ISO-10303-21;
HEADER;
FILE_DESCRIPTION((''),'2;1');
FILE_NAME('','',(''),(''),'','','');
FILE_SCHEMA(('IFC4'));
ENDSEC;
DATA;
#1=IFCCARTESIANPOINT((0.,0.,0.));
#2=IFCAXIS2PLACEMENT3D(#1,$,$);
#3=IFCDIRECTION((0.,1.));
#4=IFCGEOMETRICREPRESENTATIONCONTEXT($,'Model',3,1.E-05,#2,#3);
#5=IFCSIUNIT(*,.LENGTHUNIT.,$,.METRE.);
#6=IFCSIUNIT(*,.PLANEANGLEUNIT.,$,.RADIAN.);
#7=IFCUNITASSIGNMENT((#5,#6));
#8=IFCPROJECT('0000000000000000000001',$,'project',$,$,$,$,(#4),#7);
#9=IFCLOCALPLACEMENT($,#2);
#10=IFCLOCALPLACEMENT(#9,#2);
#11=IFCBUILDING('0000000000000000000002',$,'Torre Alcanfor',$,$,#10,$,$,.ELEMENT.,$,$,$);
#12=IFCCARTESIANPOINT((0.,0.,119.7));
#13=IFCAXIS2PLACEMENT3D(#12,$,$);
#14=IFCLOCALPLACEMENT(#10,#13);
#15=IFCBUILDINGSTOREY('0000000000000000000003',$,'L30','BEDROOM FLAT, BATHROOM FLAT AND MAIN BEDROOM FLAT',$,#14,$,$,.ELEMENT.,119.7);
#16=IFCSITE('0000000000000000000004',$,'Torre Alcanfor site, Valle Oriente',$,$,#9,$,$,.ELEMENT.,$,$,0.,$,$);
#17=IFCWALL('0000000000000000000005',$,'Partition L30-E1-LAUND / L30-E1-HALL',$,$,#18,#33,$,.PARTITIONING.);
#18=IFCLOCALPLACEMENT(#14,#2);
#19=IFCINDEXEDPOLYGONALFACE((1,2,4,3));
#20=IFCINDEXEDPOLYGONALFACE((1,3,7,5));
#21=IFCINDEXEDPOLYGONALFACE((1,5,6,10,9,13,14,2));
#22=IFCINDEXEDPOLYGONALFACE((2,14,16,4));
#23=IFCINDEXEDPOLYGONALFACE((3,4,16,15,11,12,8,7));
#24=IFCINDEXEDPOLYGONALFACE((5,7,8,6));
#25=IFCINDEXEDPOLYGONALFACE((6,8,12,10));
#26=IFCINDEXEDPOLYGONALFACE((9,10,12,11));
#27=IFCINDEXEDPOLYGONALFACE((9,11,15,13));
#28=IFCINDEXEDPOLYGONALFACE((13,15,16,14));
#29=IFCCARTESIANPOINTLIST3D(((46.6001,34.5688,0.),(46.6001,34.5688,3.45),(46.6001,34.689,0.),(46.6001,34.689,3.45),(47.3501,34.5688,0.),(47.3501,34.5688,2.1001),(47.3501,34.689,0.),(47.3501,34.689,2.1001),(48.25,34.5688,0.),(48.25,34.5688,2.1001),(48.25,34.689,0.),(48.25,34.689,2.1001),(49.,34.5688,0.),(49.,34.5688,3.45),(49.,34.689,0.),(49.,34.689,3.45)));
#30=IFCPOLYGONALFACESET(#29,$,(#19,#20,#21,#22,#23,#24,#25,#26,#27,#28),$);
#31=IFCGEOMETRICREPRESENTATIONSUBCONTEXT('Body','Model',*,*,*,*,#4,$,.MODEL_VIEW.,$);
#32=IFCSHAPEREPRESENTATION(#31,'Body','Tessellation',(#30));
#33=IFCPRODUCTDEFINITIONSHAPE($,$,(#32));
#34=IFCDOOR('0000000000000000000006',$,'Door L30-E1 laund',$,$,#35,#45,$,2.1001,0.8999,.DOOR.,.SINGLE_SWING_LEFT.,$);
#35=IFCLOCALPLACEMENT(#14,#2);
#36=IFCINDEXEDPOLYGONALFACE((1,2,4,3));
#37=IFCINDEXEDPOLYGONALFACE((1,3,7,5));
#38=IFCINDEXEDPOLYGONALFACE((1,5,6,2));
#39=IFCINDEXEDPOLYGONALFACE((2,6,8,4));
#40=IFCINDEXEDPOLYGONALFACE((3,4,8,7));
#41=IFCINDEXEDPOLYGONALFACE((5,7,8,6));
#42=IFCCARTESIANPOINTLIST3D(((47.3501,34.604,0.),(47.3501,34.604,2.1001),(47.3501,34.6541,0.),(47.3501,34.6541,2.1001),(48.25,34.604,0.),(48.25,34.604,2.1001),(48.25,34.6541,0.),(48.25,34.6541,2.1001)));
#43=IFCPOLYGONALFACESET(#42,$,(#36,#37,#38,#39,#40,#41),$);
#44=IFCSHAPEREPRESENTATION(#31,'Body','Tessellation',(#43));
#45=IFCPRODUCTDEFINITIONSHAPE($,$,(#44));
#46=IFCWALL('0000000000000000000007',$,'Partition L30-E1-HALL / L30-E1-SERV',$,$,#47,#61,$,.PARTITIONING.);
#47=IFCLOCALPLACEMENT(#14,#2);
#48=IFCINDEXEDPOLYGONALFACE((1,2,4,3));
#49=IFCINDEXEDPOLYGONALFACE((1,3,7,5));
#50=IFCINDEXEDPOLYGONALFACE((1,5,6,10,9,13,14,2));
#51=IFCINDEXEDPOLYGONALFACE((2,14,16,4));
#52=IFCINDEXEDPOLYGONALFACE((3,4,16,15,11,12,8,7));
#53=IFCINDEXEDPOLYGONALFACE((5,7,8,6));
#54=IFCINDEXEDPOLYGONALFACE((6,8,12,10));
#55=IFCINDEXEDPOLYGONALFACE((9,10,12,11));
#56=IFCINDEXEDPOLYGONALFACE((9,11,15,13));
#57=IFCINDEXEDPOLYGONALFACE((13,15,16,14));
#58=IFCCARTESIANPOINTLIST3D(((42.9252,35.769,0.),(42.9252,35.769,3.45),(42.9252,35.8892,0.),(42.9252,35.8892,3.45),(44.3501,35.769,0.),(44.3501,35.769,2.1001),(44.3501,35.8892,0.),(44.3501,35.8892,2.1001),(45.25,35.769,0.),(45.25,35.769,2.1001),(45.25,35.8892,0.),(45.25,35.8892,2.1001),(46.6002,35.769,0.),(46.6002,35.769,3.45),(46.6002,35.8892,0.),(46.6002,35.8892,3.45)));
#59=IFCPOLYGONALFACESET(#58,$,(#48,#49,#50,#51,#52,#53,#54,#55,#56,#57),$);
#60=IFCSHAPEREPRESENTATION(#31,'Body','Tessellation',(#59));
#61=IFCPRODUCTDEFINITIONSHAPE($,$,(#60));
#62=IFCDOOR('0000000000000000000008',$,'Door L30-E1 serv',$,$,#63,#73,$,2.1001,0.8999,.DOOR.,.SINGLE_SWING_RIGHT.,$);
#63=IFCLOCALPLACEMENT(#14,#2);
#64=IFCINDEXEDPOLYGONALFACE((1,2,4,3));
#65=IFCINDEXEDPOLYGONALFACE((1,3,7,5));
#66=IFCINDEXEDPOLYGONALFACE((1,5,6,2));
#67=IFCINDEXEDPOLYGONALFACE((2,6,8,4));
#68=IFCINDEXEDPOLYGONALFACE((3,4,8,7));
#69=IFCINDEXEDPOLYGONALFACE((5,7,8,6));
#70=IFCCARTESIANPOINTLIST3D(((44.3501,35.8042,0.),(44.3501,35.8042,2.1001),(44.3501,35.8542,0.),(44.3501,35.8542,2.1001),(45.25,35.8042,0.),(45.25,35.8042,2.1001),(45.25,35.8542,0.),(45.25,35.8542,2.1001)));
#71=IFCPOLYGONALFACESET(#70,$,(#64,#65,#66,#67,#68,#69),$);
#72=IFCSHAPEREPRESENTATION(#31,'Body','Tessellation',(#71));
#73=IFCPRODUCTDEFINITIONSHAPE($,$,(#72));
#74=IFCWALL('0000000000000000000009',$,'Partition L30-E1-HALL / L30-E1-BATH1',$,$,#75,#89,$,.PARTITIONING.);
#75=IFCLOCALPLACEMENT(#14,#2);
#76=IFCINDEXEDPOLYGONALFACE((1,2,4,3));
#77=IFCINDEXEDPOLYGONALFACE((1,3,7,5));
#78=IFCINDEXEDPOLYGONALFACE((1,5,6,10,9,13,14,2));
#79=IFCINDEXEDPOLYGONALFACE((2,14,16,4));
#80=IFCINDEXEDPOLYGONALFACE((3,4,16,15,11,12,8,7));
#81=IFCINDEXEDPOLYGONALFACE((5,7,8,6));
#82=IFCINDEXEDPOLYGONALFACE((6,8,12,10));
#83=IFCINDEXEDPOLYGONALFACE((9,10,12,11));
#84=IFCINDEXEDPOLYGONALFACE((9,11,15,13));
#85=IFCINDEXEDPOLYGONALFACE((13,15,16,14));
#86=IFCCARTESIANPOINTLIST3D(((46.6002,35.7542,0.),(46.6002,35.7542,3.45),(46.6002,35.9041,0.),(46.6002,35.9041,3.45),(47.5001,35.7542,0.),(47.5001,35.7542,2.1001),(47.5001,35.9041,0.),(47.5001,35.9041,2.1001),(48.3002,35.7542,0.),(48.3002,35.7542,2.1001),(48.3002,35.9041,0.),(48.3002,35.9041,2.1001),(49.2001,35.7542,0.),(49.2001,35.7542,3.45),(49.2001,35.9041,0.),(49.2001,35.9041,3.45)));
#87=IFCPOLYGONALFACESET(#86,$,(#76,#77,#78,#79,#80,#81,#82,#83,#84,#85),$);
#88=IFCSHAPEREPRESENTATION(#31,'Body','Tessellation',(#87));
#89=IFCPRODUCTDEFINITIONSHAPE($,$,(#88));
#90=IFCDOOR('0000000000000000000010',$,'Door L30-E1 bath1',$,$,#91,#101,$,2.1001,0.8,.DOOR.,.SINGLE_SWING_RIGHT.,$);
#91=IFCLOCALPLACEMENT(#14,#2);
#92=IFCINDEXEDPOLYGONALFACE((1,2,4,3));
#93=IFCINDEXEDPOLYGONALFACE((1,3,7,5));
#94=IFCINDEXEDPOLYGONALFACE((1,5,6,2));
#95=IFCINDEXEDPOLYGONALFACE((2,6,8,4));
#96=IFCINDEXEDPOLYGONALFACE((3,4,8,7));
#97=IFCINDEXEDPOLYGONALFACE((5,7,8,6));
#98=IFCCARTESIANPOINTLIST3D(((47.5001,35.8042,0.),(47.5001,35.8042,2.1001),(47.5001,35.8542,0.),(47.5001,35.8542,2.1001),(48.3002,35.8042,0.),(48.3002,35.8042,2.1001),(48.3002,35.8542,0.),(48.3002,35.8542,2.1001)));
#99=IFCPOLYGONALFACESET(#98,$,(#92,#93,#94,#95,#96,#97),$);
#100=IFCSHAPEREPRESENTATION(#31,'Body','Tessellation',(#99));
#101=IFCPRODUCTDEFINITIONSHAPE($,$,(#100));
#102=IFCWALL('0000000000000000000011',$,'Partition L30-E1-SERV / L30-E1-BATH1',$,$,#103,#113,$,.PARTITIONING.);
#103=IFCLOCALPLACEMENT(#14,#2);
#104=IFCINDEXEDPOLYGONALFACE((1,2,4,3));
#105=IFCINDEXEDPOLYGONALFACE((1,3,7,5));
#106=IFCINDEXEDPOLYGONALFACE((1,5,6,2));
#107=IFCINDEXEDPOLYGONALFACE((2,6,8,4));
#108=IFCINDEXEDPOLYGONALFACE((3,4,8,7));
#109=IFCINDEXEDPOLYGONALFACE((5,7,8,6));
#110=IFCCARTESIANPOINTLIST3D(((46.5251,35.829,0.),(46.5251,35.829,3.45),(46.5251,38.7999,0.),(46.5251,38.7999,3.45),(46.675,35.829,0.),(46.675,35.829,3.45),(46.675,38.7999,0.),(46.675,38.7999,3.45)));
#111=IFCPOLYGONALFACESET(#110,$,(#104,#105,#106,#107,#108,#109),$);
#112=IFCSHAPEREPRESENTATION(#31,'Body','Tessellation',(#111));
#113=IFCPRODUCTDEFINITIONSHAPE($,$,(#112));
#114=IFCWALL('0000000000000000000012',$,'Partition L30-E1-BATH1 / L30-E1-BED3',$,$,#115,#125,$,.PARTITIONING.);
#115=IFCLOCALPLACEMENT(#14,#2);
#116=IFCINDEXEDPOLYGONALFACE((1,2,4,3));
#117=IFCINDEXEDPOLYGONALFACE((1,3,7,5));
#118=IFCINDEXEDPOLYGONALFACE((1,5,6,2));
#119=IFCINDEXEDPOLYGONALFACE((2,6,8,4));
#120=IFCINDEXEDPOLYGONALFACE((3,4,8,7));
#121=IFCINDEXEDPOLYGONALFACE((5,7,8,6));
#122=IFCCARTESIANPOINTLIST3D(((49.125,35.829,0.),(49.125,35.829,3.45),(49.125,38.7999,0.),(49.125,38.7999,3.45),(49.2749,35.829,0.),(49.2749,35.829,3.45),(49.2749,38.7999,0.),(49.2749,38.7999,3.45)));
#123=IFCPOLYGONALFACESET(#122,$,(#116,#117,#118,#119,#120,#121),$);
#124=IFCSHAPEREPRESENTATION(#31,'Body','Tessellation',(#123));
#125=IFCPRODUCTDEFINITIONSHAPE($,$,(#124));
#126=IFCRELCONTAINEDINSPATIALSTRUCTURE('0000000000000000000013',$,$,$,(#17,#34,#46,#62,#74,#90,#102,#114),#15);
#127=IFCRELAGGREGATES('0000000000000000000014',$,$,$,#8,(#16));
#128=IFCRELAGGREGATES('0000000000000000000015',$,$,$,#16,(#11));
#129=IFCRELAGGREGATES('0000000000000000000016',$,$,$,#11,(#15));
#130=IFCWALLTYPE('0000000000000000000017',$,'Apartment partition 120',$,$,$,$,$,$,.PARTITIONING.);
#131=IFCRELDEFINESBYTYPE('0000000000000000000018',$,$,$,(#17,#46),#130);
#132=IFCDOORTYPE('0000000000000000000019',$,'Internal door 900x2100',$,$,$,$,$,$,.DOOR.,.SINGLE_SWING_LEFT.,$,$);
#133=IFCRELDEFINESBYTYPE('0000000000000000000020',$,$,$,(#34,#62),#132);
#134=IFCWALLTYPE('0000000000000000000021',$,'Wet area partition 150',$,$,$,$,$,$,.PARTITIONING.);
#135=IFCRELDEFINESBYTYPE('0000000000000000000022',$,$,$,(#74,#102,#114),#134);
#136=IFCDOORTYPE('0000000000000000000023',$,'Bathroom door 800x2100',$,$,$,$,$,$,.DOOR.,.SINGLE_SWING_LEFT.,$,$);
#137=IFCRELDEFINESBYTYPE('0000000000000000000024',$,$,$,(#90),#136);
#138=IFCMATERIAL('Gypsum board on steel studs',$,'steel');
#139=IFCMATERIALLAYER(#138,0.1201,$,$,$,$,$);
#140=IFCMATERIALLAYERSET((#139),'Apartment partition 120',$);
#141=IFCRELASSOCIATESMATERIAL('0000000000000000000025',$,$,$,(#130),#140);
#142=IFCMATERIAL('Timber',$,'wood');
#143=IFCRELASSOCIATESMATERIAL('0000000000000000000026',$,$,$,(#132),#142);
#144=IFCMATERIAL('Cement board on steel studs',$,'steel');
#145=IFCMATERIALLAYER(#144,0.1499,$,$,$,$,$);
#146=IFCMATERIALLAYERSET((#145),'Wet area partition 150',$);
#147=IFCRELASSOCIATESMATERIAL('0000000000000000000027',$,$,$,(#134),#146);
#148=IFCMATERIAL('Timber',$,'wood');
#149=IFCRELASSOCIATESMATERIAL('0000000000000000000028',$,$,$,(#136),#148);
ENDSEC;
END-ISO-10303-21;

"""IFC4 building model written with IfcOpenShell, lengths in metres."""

from ifc_helpers import new_model, si_unit, direction, frame, frame_2d, origin, place, context, subcontext, project, spatial, rectangle, extrude, material, layer, layer_set, type_object, element, fill, save


model = new_model("IFC4")

# Units and contexts
model_context = context("Model", 3, precision=1e-05, world=origin(), true_north=direction((0.0, 1.0)))
body_context = subcontext(model_context, "Body", "Model", "MODEL_VIEW")
ifc_project = project(units=[si_unit("LENGTHUNIT", "METRE"), si_unit("PLANEANGLEUNIT", "RADIAN")], contexts=[model_context])

# Site, building, storey
site_placement = place(None, origin())
site = spatial("IfcSite", under=ifc_project, at=site_placement, Name="Torre Alcanfor site, Valle Oriente", CompositionType="ELEMENT", RefElevation=0.0)
building_placement = place(site_placement, origin())
building = spatial("IfcBuilding", under=site, at=building_placement, Name="Torre Alcanfor", CompositionType="ELEMENT")
storey_placement = place(building_placement, frame((0.0, 0.0, 119.7)))
storey = spatial("IfcBuildingStorey", under=building, at=storey_placement, Name="L30", Description="BEDROOM FLAT, BATHROOM FLAT AND MAIN BEDROOM FLAT", CompositionType="ELEMENT", Elevation=119.7)

# Walls, openings, doors
ifc_material_1 = material(Name="Gypsum board on steel studs", Category="steel")
ifc_layer_1 = layer(ifc_material_1, 0.1201)
ifc_layer_set_1 = layer_set([ifc_layer_1], Name="Apartment partition 120")
wall_type_1 = type_object("IfcWallType", Name="Apartment partition 120", PredefinedType="PARTITIONING", material=ifc_layer_set_1)
wall_1_placement = place(storey_placement, frame((49.0, 34.6289, 0.0), z_axis=(0.0, 0.0, 1.0), x_axis=(-1.0, 0.0, 0.0)))
wall_1 = element("IfcWall", 1, at=wall_1_placement, inside=storey, type_object=wall_type_1, Name="Partition L30-E1-LAUND / L30-E1-HALL", PredefinedType="PARTITIONING", context=body_context, shape_type="SweptSolid", body=[
    extrude(rectangle(XDim=2.3999, YDim=0.1201, at=frame_2d((1.2, 0.0))), origin(), (0.0, 0.0, 1.0), 3.45),
])
opening_1_placement = place(wall_1_placement, frame((0.75, 0.0, 0.0)))
opening_1 = element("IfcOpeningElement", 2, at=opening_1_placement, cuts=wall_1, PredefinedType="OPENING", context=body_context, shape_type="SweptSolid", body=[
    extrude(rectangle(XDim=0.8999, YDim=2.1001, at=frame_2d((0.45, 1.05))), frame((0.0, 0.0701, 0.0), z_axis=(0.0, -1.0, 0.0), x_axis=(1.0, 0.0, 0.0)), (0.0, 0.0, 1.0), 0.1401),
])
ifc_material_2 = material(Name="Timber", Category="wood")
door_type_1 = type_object("IfcDoorType", Name="Internal door 900x2100", OperationType="SINGLE_SWING_LEFT", PredefinedType="DOOR", material=ifc_material_2)
door_1_placement = place(opening_1_placement, origin())
door_1 = element("IfcDoor", 3, at=door_1_placement, inside=storey, type_object=door_type_1, Name="Door L30-E1 laund", OperationType="SINGLE_SWING_LEFT", OverallHeight=2.1001, OverallWidth=0.8999, PredefinedType="DOOR", context=body_context, shape_type="SweptSolid", body=[
    extrude(rectangle(XDim=0.8999, YDim=2.1001, at=frame_2d((0.45, 1.05))), frame((0.0, 0.0249, 0.0), z_axis=(0.0, -1.0, 0.0), x_axis=(1.0, 0.0, 0.0)), (0.0, 0.0, 1.0), 0.05),
])
fill(opening_1, door_1)
wall_2_placement = place(storey_placement, frame((46.6001, 35.8291, 0.0), z_axis=(0.0, 0.0, 1.0), x_axis=(-1.0, 0.0, 0.0)))
wall_2 = element("IfcWall", 4, at=wall_2_placement, inside=storey, type_object=wall_type_1, Name="Partition L30-E1-HALL / L30-E1-SERV", PredefinedType="PARTITIONING", context=body_context, shape_type="SweptSolid", body=[
    extrude(rectangle(XDim=3.675, YDim=0.1201, at=frame_2d((1.8374, 0.0))), origin(), (0.0, 0.0, 1.0), 3.45),
])
opening_2_placement = place(wall_2_placement, frame((1.3501, 0.0, 0.0)))
opening_2 = element("IfcOpeningElement", 5, at=opening_2_placement, cuts=wall_2, PredefinedType="OPENING", context=body_context, shape_type="SweptSolid", body=[
    extrude(rectangle(XDim=0.8999, YDim=2.1001, at=frame_2d((0.45, 1.05))), frame((0.0, 0.0701, 0.0), z_axis=(0.0, -1.0, 0.0), x_axis=(1.0, 0.0, 0.0)), (0.0, 0.0, 1.0), 0.1401),
])
door_2_placement = place(opening_2_placement, frame((0.8999, 0.0, 0.0), z_axis=(0.0, 0.0, 1.0), x_axis=(-1.0, 0.0, 0.0)))
door_2 = element("IfcDoor", 6, at=door_2_placement, inside=storey, type_object=door_type_1, Name="Door L30-E1 serv", OperationType="SINGLE_SWING_RIGHT", OverallHeight=2.1001, OverallWidth=0.8999, PredefinedType="DOOR", context=body_context, shape_type="SweptSolid", body=[
    extrude(rectangle(XDim=0.8999, YDim=2.1001, at=frame_2d((0.45, 1.05))), frame((0.0, 0.0251, 0.0), z_axis=(0.0, -1.0, 0.0), x_axis=(1.0, 0.0, 0.0)), (0.0, 0.0, 1.0), 0.05),
])
fill(opening_2, door_2)
ifc_material_3 = material(Name="Cement board on steel studs", Category="steel")
ifc_layer_2 = layer(ifc_material_3, 0.1499)
ifc_layer_set_2 = layer_set([ifc_layer_2], Name="Wet area partition 150")
wall_type_2 = type_object("IfcWallType", Name="Wet area partition 150", PredefinedType="PARTITIONING", material=ifc_layer_set_2)
wall_3_placement = place(storey_placement, frame((49.2, 35.8291, 0.0), z_axis=(0.0, 0.0, 1.0), x_axis=(-1.0, 0.0, 0.0)))
wall_3 = element("IfcWall", 7, at=wall_3_placement, inside=storey, type_object=wall_type_2, Name="Partition L30-E1-HALL / L30-E1-BATH1", PredefinedType="PARTITIONING", context=body_context, shape_type="SweptSolid", body=[
    extrude(rectangle(XDim=2.5999, YDim=0.1499, at=frame_2d((1.2998, 0.0))), origin(), (0.0, 0.0, 1.0), 3.45),
])
opening_3_placement = place(wall_3_placement, frame((0.8999, 0.0, 0.0)))
opening_3 = element("IfcOpeningElement", 8, at=opening_3_placement, cuts=wall_3, PredefinedType="OPENING", context=body_context, shape_type="SweptSolid", body=[
    extrude(rectangle(XDim=0.8, YDim=2.1001, at=frame_2d((0.3999, 1.05))), frame((0.0, 0.085, 0.0), z_axis=(0.0, -1.0, 0.0), x_axis=(1.0, 0.0, 0.0)), (0.0, 0.0, 1.0), 0.1699),
])
ifc_material_4 = material(Name="Timber", Category="wood")
door_type_2 = type_object("IfcDoorType", Name="Bathroom door 800x2100", OperationType="SINGLE_SWING_LEFT", PredefinedType="DOOR", material=ifc_material_4)
door_3_placement = place(opening_3_placement, frame((0.8, 0.0, 0.0), z_axis=(0.0, 0.0, 1.0), x_axis=(-1.0, 0.0, 0.0)))
door_3 = element("IfcDoor", 9, at=door_3_placement, inside=storey, type_object=door_type_2, Name="Door L30-E1 bath1", OperationType="SINGLE_SWING_RIGHT", OverallHeight=2.1001, OverallWidth=0.8, PredefinedType="DOOR", context=body_context, shape_type="SweptSolid", body=[
    extrude(rectangle(XDim=0.8, YDim=2.1001, at=frame_2d((0.4001, 1.05))), frame((0.0, 0.0251, 0.0), z_axis=(0.0, -1.0, 0.0), x_axis=(1.0, 0.0, 0.0)), (0.0, 0.0, 1.0), 0.05),
])
fill(opening_3, door_3)

# Walls
for number, where, z_axis, x_axis, name in (
    (10, (46.6001, 35.8291, 0.0), (0.0, 0.0, 1.0), (0.0, 1.0, 0.0), "Partition L30-E1-SERV / L30-E1-BATH1"),
    (11, (49.2, 35.8291, 0.0), (0.0, 0.0, 1.0), (0.0, 1.0, 0.0), "Partition L30-E1-BATH1 / L30-E1-BED3"),
):
    element("IfcWall", number, at=place(storey_placement, frame(where, z_axis=z_axis, x_axis=x_axis)), inside=storey, type_object=wall_type_2, Name=name, PredefinedType="PARTITIONING", context=body_context, shape_type="SweptSolid", body=[
        extrude(rectangle(XDim=2.9709, YDim=0.1499, at=frame_2d((1.4854, 0.0))), origin(), (0.0, 0.0, 1.0), 3.45),
    ])

save(model, "model.ifc")
